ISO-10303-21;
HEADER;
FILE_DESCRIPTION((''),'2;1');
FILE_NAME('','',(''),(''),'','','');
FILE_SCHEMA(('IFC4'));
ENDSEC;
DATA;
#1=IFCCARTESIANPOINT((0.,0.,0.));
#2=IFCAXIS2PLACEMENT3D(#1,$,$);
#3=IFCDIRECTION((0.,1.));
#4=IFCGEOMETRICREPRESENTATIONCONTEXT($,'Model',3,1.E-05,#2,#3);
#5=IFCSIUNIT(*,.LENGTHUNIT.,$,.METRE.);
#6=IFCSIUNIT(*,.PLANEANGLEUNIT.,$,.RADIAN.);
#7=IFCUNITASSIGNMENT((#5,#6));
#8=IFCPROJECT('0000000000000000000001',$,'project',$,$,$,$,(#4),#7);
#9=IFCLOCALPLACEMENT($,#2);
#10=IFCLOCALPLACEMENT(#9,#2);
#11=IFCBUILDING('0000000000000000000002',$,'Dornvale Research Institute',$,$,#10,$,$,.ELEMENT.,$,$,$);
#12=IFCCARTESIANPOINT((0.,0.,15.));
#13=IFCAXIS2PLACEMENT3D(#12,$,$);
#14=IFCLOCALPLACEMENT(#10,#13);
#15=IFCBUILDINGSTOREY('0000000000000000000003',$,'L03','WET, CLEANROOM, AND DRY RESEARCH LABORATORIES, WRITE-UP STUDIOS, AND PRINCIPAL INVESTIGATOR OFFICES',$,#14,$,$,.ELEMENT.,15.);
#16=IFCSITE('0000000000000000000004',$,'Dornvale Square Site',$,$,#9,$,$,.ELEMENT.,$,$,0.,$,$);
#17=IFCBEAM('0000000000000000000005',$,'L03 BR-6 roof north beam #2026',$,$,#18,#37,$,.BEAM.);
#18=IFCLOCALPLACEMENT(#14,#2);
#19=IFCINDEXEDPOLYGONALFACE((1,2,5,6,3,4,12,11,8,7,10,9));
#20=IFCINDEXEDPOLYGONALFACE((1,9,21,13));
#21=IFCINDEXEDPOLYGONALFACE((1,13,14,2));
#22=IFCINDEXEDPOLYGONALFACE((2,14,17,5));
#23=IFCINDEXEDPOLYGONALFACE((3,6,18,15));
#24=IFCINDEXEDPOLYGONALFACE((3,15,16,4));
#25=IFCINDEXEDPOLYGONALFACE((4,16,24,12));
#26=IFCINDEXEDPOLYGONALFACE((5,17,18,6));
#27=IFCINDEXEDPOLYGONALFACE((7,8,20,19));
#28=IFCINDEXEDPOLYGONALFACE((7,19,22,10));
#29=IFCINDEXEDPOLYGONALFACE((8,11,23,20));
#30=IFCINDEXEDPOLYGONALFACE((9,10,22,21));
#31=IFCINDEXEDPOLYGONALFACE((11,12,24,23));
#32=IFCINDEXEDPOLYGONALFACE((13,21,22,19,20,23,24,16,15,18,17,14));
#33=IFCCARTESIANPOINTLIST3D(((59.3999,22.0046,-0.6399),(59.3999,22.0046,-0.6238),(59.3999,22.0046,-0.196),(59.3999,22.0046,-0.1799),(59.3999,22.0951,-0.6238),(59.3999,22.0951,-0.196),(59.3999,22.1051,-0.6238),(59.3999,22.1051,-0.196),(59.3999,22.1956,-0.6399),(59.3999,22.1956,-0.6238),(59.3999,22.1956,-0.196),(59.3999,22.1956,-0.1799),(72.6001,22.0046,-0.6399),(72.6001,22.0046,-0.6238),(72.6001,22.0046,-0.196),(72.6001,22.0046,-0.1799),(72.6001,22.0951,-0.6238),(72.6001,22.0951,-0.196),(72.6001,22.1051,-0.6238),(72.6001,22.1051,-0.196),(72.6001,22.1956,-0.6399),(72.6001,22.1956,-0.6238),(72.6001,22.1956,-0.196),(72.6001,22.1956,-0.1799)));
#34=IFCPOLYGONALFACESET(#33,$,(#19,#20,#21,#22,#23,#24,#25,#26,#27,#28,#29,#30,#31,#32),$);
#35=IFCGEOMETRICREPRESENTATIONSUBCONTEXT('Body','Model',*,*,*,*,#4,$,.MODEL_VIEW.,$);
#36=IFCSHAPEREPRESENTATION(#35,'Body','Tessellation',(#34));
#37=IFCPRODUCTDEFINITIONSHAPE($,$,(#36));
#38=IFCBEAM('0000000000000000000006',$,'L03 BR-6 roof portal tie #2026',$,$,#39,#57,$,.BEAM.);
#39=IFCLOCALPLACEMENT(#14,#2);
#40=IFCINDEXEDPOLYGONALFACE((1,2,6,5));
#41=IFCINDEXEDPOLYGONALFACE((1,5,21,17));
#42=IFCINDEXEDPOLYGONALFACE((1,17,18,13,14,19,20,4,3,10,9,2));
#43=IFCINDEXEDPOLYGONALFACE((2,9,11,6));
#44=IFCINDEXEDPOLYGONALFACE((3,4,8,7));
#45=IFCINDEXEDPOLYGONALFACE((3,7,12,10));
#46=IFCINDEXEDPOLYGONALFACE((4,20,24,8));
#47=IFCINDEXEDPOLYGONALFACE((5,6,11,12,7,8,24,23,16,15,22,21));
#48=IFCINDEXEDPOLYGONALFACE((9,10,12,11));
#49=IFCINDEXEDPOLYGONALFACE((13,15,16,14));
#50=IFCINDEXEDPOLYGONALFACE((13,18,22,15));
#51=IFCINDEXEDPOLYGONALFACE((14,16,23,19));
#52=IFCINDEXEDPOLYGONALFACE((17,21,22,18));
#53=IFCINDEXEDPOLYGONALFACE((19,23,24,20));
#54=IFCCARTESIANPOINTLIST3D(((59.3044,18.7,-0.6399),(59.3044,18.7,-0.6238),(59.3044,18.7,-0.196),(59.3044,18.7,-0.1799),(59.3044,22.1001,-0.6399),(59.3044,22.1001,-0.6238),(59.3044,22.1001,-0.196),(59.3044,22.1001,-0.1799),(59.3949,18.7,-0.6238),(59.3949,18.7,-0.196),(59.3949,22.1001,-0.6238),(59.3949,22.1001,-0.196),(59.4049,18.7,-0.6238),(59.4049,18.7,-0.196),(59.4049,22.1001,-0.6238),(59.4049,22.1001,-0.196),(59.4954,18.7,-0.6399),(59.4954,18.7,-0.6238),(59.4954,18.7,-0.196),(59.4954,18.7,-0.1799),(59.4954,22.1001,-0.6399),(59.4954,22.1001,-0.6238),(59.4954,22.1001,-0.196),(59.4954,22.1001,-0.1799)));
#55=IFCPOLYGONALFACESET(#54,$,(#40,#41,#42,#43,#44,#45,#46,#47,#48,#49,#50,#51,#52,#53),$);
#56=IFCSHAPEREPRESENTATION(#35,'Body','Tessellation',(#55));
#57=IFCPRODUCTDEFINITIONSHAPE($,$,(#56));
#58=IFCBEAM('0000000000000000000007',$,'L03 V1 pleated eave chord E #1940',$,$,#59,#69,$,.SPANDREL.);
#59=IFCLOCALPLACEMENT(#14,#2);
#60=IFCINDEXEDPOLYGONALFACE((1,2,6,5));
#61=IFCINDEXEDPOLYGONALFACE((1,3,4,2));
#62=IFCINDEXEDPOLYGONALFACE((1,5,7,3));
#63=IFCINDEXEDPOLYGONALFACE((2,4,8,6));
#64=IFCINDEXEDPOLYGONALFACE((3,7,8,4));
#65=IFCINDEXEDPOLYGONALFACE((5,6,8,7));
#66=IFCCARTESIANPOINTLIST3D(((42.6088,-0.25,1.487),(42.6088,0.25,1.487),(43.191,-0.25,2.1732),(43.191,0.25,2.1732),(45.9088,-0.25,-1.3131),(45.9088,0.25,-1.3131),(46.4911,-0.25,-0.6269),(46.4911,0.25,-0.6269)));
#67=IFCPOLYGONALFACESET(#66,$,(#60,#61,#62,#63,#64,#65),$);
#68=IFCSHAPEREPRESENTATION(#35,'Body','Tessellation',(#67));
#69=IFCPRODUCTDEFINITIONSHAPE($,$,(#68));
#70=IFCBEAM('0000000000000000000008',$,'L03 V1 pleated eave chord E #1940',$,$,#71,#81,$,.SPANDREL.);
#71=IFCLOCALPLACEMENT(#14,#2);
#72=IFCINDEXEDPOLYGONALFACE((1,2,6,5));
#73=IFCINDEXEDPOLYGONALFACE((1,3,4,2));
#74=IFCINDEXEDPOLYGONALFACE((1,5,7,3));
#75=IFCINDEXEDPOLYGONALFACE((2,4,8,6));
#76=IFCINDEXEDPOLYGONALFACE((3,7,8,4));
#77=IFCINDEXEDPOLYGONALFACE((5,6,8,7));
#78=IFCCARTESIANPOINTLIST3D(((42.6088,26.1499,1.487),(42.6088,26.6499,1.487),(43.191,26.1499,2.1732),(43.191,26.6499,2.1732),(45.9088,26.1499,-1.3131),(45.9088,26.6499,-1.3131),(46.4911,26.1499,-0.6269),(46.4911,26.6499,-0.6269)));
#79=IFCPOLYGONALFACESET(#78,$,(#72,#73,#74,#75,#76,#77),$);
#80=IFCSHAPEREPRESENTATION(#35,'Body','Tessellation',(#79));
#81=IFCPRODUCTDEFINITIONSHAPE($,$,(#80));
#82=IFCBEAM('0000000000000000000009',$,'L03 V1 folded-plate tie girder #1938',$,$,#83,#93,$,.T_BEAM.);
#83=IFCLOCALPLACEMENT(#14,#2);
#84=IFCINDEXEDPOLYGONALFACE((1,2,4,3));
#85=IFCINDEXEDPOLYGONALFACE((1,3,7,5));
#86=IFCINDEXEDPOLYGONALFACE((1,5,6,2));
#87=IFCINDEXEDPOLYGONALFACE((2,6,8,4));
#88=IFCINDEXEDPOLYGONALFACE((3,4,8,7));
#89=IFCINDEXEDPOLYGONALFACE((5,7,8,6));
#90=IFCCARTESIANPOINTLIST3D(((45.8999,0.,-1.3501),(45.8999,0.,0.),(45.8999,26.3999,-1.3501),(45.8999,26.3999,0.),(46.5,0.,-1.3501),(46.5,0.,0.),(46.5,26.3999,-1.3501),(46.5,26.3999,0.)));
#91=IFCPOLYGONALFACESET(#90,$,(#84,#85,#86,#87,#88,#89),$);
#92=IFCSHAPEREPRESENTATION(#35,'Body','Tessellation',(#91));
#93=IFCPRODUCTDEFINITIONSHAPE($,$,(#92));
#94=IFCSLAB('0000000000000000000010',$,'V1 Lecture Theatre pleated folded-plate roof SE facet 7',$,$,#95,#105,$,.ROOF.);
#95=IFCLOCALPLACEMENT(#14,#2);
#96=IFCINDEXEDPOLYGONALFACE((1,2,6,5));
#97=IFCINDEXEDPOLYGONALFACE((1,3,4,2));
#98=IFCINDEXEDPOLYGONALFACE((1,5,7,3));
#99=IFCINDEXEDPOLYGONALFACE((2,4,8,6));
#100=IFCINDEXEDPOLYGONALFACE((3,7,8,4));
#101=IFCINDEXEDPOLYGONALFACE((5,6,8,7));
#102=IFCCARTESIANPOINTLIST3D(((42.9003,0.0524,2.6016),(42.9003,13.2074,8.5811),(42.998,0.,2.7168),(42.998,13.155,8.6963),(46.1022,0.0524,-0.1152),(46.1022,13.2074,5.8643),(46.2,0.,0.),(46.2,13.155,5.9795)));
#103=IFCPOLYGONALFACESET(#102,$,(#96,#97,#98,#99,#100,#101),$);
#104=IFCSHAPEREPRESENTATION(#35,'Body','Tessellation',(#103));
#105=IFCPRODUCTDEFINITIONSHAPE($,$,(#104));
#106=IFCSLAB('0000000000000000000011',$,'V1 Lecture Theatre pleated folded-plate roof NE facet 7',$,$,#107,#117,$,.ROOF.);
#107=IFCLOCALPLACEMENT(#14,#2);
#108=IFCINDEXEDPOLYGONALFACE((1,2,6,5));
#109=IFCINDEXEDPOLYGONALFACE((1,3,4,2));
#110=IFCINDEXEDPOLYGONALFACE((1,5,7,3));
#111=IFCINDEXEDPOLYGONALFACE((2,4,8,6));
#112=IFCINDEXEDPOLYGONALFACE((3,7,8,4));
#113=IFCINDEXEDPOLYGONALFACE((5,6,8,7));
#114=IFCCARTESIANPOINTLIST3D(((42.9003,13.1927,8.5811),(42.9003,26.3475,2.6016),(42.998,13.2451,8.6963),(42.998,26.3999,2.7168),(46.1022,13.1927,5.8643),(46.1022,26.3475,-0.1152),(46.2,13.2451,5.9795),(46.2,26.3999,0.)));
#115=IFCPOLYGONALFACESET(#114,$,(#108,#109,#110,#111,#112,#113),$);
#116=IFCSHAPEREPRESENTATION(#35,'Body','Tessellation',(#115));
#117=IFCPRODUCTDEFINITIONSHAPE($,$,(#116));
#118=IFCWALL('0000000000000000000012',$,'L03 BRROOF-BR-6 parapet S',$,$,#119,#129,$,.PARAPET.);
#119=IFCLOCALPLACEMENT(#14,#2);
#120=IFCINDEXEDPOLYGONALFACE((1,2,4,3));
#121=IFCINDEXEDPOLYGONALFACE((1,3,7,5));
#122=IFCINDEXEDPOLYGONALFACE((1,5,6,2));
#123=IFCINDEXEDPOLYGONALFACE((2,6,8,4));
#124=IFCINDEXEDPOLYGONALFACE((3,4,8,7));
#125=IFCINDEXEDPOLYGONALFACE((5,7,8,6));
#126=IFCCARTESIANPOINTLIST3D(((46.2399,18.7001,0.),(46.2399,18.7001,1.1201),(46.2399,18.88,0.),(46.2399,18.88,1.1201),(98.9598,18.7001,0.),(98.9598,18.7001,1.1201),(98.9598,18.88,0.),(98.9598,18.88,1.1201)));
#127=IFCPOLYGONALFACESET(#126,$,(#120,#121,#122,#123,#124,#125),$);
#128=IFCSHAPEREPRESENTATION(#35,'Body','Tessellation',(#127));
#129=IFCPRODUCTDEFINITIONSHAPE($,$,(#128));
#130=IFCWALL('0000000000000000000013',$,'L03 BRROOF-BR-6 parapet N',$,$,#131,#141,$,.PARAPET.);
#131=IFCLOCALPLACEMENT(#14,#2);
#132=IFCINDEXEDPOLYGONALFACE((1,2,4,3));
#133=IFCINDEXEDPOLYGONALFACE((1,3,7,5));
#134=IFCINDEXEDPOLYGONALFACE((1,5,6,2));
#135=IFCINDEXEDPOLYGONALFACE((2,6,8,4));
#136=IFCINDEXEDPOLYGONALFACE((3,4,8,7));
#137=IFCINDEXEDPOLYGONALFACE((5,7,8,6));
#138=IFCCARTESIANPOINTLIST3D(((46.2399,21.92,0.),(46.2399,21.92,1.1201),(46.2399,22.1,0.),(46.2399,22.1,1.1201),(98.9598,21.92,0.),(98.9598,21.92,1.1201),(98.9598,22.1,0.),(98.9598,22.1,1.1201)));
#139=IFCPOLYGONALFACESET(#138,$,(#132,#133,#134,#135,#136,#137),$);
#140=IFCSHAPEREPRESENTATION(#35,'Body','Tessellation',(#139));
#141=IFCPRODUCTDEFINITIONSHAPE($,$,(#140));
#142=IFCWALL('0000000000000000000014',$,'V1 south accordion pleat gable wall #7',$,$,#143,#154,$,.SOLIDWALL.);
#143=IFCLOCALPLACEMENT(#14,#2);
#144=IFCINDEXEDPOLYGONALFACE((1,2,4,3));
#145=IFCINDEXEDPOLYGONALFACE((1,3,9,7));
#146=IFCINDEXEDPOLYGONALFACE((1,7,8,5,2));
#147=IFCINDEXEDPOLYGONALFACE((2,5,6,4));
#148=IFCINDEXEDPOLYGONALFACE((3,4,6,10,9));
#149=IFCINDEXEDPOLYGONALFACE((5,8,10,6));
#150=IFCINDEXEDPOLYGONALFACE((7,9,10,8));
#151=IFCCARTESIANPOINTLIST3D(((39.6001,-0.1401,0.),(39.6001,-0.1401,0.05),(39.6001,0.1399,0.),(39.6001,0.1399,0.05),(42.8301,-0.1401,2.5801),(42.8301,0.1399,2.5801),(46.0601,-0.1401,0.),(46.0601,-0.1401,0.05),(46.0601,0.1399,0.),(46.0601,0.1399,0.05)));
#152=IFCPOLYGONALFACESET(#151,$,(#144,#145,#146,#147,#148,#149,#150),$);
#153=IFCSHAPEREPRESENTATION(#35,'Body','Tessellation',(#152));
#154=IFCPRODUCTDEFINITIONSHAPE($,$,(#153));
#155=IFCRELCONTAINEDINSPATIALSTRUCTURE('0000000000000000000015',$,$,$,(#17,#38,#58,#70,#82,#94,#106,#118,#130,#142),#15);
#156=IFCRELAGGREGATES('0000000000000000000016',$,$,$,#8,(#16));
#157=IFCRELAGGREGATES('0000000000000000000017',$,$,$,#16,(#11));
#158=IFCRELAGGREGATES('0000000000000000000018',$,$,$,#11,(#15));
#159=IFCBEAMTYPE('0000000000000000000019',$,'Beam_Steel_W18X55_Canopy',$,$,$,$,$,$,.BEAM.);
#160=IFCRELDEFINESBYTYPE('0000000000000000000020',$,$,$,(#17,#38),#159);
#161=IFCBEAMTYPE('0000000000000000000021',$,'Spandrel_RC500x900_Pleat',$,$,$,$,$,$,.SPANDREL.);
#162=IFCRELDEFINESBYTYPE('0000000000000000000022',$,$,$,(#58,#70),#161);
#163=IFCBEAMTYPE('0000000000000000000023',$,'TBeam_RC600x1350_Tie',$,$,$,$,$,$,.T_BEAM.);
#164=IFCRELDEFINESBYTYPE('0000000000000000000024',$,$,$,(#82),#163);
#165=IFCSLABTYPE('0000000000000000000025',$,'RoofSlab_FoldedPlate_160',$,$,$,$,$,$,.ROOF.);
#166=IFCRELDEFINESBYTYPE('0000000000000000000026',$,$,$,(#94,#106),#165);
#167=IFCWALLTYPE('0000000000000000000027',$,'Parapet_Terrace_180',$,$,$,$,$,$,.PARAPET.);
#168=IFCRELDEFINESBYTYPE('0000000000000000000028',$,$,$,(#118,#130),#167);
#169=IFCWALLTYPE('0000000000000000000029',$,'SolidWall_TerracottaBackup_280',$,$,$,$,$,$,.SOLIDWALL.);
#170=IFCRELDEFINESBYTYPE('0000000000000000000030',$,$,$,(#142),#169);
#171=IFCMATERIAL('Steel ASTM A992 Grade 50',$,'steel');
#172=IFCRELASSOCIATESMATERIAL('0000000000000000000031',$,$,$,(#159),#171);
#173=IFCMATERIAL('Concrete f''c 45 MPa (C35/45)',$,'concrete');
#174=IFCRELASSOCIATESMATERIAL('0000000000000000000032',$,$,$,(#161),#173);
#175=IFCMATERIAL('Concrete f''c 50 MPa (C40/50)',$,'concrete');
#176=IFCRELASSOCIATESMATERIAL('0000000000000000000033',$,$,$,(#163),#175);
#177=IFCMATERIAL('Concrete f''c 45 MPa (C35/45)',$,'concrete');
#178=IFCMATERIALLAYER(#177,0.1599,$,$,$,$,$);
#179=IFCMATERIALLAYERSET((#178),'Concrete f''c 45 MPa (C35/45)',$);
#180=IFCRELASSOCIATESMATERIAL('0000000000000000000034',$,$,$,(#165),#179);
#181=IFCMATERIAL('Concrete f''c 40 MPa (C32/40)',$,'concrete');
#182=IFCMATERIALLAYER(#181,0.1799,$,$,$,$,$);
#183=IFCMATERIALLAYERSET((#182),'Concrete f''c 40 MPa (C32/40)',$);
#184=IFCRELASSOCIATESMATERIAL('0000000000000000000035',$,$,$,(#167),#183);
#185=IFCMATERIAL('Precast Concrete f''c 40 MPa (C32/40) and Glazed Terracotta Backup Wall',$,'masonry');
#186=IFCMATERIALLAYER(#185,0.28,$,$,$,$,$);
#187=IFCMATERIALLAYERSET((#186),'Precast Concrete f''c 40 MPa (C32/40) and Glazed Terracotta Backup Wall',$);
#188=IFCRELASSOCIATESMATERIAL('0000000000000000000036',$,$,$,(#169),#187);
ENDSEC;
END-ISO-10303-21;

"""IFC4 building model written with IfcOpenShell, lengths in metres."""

from ifc_helpers import new_model, si_unit, direction, frame, frame_2d, origin, origin_2d, place, context, subcontext, project, spatial, polyline, rectangle, i_section, outline, extrude, material, layer, layer_set, material_profile, profile_set, type_object, element, save


model = new_model("IFC4")

# Units and contexts
model_context = context("Model", 3, precision=1e-05, world=origin(), true_north=direction((0.0, 1.0)))
body_context = subcontext(model_context, "Body", "Model", "MODEL_VIEW")
ifc_project = project(units=[si_unit("LENGTHUNIT", "METRE"), si_unit("PLANEANGLEUNIT", "RADIAN")], contexts=[model_context])

# Site, building, storey
site_placement = place(None, origin())
site = spatial("IfcSite", under=ifc_project, at=site_placement, Name="Dornvale Square Site", CompositionType="ELEMENT", RefElevation=0.0)
building_placement = place(site_placement, origin())
building = spatial("IfcBuilding", under=site, at=building_placement, Name="Dornvale Research Institute", CompositionType="ELEMENT")
storey_placement = place(building_placement, frame((0.0, 0.0, 15.0)))
storey = spatial("IfcBuildingStorey", under=building, at=storey_placement, Name="L03", Description="WET, CLEANROOM, AND DRY RESEARCH LABORATORIES, WRITE-UP STUDIOS, AND PRINCIPAL INVESTIGATOR OFFICES", CompositionType="ELEMENT", Elevation=15.0)

# Beams
ifc_material_1 = material(Name="Steel ASTM A992 Grade 50", Category="steel")
ifc_material_profile_1 = material_profile(ifc_material_1, i_section(OverallWidth=0.1909, OverallDepth=0.46, WebThickness=0.01, FlangeThickness=0.0161, at=origin_2d()), Name="W18X55")
ifc_profile_set_1 = profile_set([ifc_material_profile_1], Name="Steel ASTM A992 Grade 50")
beam_type_1 = type_object("IfcBeamType", Name="Beam_Steel_W18X55_Canopy", PredefinedType="BEAM", material=ifc_profile_set_1)
for number, where, z_axis, x_axis, name in (
    (1, (59.3999, 22.1001, -0.4099), (1.0, 0.0, 0.0), (0.0, 1.0, 0.0), "L03 BR-6 roof north beam #2026"),
):
    element("IfcBeam", number, at=place(storey_placement, frame(where, z_axis=z_axis, x_axis=x_axis)), inside=storey, type_object=beam_type_1, Name=name, PredefinedType="BEAM", context=body_context, shape_type="SweptSolid", body=[
        extrude(i_section(OverallWidth=0.1909, OverallDepth=0.46, WebThickness=0.01, FlangeThickness=0.0161, at=origin_2d()), origin(), (0.0, 0.0, 1.0), 13.2002),
    ])
beam_1_placement = place(storey_placement, frame((59.3999, 18.7, -0.4099), z_axis=(0.0, 1.0, 0.0), x_axis=(-1.0, 0.0, 0.0)))
element("IfcBeam", 2, at=beam_1_placement, inside=storey, type_object=beam_type_1, Name="L03 BR-6 roof portal tie #2026", PredefinedType="BEAM", context=body_context, shape_type="SweptSolid", body=[
    extrude(i_section(OverallWidth=0.1909, OverallDepth=0.46, WebThickness=0.01, FlangeThickness=0.0161, at=origin_2d()), origin(), (0.0, 0.0, 1.0), 3.4001),
])
ifc_material_2 = material(Name="Concrete f'c 45 MPa (C35/45)", Category="concrete")
ifc_material_profile_2 = material_profile(ifc_material_2, rectangle(XDim=0.5, YDim=0.8999, at=origin_2d()), Name="RC 500x900")
ifc_profile_set_2 = profile_set([ifc_material_profile_2], Name="Concrete f'c 45 MPa (C35/45)")
beam_type_2 = type_object("IfcBeamType", Name="Spandrel_RC500x900_Pleat", PredefinedType="SPANDREL", material=ifc_profile_set_2)
for number, where, z_axis, x_axis, name in (
    (3, (42.8999, 0.0, 1.8301), (0.762508, 0.0, -0.646978), (0.0, 1.0, 0.0), "L03 V1 pleated eave chord E #1940"),
    (4, (42.8999, 26.3999, 1.8301), (0.762508, 0.0, -0.646978), (0.0, 1.0, 0.0), "L03 V1 pleated eave chord E #1940"),
):
    element("IfcBeam", number, at=place(storey_placement, frame(where, z_axis=z_axis, x_axis=x_axis)), inside=storey, type_object=beam_type_2, Name=name, PredefinedType="SPANDREL", context=body_context, shape_type="SweptSolid", body=[
        extrude(rectangle(XDim=0.5, YDim=0.8999, at=origin_2d()), origin(), (0.0, 0.0, 1.0), 4.3279),
    ])
ifc_material_3 = material(Name="Concrete f'c 50 MPa (C40/50)", Category="concrete")
ifc_material_profile_3 = material_profile(ifc_material_3, rectangle(XDim=0.6001, YDim=1.3501, at=origin_2d()), Name="RC 600x1350")
ifc_profile_set_3 = profile_set([ifc_material_profile_3], Name="Concrete f'c 50 MPa (C40/50)")
beam_type_3 = type_object("IfcBeamType", Name="TBeam_RC600x1350_Tie", PredefinedType="T_BEAM", material=ifc_profile_set_3)
beam_2_placement = place(storey_placement, frame((46.2, 0.0, -0.675), z_axis=(0.0, 1.0, 0.0), x_axis=(-1.0, 0.0, 0.0)))
element("IfcBeam", 5, at=beam_2_placement, inside=storey, type_object=beam_type_3, Name="L03 V1 folded-plate tie girder #1938", PredefinedType="T_BEAM", context=body_context, shape_type="SweptSolid", body=[
    extrude(rectangle(XDim=0.6001, YDim=1.3501, at=origin_2d()), origin(), (0.0, 0.0, 1.0), 26.3999),
])

# Slabs
ifc_material_4 = material(Name="Concrete f'c 45 MPa (C35/45)", Category="concrete")
ifc_layer_1 = layer(ifc_material_4, 0.1599)
ifc_layer_set_1 = layer_set([ifc_layer_1], Name="Concrete f'c 45 MPa (C35/45)")
slab_type = type_object("IfcSlabType", Name="RoofSlab_FoldedPlate_160", PredefinedType="ROOF", material=ifc_layer_set_1)
slab_1_placement = place(storey_placement, frame((42.998, 0.0, 2.7168), z_axis=(0.611306, -0.327478, 0.72046), x_axis=(0.762506, 0.0, -0.646982)))
element("IfcSlab", 6, at=slab_1_placement, inside=storey, type_object=slab_type, Name="V1 Lecture Theatre pleated folded-plate roof SE facet 7", PredefinedType="ROOF", context=body_context, shape_type="SweptSolid", body=[
    extrude(outline(polyline([(0.0, 0.0), (4.1992, 0.0), (0.3306, 13.9227), (-3.8686, 13.9227), (0.0, 0.0)])), origin(), (0.0, 0.0, -1.0), 0.1599),
])
slab_2_placement = place(storey_placement, frame((42.998, 13.2451, 8.6963), z_axis=(0.611305, 0.327484, 0.720459), x_axis=(0.762506, 0.0, -0.646982)))
element("IfcSlab", 7, at=slab_2_placement, inside=storey, type_object=slab_type, Name="V1 Lecture Theatre pleated folded-plate roof NE facet 7", PredefinedType="ROOF", context=body_context, shape_type="SweptSolid", body=[
    extrude(outline(polyline([(0.0, 0.0), (4.1992, 0.0), (8.0678, 13.9225), (3.8686, 13.9225), (0.0, 0.0)])), origin(), (0.0, 0.0, -1.0), 0.1599),
])

# Walls
ifc_material_5 = material(Name="Concrete f'c 40 MPa (C32/40)", Category="concrete")
ifc_layer_2 = layer(ifc_material_5, 0.1799)
ifc_layer_set_2 = layer_set([ifc_layer_2], Name="Concrete f'c 40 MPa (C32/40)")
wall_type_1 = type_object("IfcWallType", Name="Parapet_Terrace_180", PredefinedType="PARAPET", material=ifc_layer_set_2)
for number, where, z_axis, x_axis, name in (
    (8, (46.24, 18.79, 0.0), (0.0, 0.0, 1.0), (1.0, 0.0, 0.0), "L03 BRROOF-BR-6 parapet S"),
    (9, (46.24, 22.01, 0.0), (0.0, 0.0, 1.0), (1.0, 0.0, 0.0), "L03 BRROOF-BR-6 parapet N"),
):
    element("IfcWall", number, at=place(storey_placement, frame(where, z_axis=z_axis, x_axis=x_axis)), inside=storey, type_object=wall_type_1, Name=name, PredefinedType="PARAPET", context=body_context, shape_type="SweptSolid", body=[
        extrude(rectangle(XDim=52.72, YDim=0.1799, at=frame_2d((26.3599, 0.0))), origin(), (0.0, 0.0, 1.0), 1.1201),
    ])
ifc_material_6 = material(Name="Precast Concrete f'c 40 MPa (C32/40) and Glazed Terracotta Backup Wall", Category="masonry")
ifc_layer_3 = layer(ifc_material_6, 0.28)
ifc_layer_set_3 = layer_set([ifc_layer_3], Name="Precast Concrete f'c 40 MPa (C32/40) and Glazed Terracotta Backup Wall")
wall_type_2 = type_object("IfcWallType", Name="SolidWall_TerracottaBackup_280", PredefinedType="SOLIDWALL", material=ifc_layer_set_3)
wall_placement = place(storey_placement, frame((46.0601, 0.0, 0.0), z_axis=(0.0, 0.0, 1.0), x_axis=(-1.0, 0.0, 0.0)))
element("IfcWall", 10, at=wall_placement, inside=storey, type_object=wall_type_2, Name="V1 south accordion pleat gable wall #7", PredefinedType="SOLIDWALL", context=body_context, shape_type="SweptSolid", body=[
    extrude(outline(polyline([(0.0, 0.0), (6.46, 0.0), (6.46, 0.05), (3.23, 2.5801), (0.0, 0.05), (0.0, 0.0)])), frame((0.0, 0.1401, 0.0), z_axis=(0.0, -1.0, 0.0), x_axis=(1.0, 0.0, 0.0)), (0.0, 0.0, 1.0), 0.28),
])

save(model, "model.ifc")
